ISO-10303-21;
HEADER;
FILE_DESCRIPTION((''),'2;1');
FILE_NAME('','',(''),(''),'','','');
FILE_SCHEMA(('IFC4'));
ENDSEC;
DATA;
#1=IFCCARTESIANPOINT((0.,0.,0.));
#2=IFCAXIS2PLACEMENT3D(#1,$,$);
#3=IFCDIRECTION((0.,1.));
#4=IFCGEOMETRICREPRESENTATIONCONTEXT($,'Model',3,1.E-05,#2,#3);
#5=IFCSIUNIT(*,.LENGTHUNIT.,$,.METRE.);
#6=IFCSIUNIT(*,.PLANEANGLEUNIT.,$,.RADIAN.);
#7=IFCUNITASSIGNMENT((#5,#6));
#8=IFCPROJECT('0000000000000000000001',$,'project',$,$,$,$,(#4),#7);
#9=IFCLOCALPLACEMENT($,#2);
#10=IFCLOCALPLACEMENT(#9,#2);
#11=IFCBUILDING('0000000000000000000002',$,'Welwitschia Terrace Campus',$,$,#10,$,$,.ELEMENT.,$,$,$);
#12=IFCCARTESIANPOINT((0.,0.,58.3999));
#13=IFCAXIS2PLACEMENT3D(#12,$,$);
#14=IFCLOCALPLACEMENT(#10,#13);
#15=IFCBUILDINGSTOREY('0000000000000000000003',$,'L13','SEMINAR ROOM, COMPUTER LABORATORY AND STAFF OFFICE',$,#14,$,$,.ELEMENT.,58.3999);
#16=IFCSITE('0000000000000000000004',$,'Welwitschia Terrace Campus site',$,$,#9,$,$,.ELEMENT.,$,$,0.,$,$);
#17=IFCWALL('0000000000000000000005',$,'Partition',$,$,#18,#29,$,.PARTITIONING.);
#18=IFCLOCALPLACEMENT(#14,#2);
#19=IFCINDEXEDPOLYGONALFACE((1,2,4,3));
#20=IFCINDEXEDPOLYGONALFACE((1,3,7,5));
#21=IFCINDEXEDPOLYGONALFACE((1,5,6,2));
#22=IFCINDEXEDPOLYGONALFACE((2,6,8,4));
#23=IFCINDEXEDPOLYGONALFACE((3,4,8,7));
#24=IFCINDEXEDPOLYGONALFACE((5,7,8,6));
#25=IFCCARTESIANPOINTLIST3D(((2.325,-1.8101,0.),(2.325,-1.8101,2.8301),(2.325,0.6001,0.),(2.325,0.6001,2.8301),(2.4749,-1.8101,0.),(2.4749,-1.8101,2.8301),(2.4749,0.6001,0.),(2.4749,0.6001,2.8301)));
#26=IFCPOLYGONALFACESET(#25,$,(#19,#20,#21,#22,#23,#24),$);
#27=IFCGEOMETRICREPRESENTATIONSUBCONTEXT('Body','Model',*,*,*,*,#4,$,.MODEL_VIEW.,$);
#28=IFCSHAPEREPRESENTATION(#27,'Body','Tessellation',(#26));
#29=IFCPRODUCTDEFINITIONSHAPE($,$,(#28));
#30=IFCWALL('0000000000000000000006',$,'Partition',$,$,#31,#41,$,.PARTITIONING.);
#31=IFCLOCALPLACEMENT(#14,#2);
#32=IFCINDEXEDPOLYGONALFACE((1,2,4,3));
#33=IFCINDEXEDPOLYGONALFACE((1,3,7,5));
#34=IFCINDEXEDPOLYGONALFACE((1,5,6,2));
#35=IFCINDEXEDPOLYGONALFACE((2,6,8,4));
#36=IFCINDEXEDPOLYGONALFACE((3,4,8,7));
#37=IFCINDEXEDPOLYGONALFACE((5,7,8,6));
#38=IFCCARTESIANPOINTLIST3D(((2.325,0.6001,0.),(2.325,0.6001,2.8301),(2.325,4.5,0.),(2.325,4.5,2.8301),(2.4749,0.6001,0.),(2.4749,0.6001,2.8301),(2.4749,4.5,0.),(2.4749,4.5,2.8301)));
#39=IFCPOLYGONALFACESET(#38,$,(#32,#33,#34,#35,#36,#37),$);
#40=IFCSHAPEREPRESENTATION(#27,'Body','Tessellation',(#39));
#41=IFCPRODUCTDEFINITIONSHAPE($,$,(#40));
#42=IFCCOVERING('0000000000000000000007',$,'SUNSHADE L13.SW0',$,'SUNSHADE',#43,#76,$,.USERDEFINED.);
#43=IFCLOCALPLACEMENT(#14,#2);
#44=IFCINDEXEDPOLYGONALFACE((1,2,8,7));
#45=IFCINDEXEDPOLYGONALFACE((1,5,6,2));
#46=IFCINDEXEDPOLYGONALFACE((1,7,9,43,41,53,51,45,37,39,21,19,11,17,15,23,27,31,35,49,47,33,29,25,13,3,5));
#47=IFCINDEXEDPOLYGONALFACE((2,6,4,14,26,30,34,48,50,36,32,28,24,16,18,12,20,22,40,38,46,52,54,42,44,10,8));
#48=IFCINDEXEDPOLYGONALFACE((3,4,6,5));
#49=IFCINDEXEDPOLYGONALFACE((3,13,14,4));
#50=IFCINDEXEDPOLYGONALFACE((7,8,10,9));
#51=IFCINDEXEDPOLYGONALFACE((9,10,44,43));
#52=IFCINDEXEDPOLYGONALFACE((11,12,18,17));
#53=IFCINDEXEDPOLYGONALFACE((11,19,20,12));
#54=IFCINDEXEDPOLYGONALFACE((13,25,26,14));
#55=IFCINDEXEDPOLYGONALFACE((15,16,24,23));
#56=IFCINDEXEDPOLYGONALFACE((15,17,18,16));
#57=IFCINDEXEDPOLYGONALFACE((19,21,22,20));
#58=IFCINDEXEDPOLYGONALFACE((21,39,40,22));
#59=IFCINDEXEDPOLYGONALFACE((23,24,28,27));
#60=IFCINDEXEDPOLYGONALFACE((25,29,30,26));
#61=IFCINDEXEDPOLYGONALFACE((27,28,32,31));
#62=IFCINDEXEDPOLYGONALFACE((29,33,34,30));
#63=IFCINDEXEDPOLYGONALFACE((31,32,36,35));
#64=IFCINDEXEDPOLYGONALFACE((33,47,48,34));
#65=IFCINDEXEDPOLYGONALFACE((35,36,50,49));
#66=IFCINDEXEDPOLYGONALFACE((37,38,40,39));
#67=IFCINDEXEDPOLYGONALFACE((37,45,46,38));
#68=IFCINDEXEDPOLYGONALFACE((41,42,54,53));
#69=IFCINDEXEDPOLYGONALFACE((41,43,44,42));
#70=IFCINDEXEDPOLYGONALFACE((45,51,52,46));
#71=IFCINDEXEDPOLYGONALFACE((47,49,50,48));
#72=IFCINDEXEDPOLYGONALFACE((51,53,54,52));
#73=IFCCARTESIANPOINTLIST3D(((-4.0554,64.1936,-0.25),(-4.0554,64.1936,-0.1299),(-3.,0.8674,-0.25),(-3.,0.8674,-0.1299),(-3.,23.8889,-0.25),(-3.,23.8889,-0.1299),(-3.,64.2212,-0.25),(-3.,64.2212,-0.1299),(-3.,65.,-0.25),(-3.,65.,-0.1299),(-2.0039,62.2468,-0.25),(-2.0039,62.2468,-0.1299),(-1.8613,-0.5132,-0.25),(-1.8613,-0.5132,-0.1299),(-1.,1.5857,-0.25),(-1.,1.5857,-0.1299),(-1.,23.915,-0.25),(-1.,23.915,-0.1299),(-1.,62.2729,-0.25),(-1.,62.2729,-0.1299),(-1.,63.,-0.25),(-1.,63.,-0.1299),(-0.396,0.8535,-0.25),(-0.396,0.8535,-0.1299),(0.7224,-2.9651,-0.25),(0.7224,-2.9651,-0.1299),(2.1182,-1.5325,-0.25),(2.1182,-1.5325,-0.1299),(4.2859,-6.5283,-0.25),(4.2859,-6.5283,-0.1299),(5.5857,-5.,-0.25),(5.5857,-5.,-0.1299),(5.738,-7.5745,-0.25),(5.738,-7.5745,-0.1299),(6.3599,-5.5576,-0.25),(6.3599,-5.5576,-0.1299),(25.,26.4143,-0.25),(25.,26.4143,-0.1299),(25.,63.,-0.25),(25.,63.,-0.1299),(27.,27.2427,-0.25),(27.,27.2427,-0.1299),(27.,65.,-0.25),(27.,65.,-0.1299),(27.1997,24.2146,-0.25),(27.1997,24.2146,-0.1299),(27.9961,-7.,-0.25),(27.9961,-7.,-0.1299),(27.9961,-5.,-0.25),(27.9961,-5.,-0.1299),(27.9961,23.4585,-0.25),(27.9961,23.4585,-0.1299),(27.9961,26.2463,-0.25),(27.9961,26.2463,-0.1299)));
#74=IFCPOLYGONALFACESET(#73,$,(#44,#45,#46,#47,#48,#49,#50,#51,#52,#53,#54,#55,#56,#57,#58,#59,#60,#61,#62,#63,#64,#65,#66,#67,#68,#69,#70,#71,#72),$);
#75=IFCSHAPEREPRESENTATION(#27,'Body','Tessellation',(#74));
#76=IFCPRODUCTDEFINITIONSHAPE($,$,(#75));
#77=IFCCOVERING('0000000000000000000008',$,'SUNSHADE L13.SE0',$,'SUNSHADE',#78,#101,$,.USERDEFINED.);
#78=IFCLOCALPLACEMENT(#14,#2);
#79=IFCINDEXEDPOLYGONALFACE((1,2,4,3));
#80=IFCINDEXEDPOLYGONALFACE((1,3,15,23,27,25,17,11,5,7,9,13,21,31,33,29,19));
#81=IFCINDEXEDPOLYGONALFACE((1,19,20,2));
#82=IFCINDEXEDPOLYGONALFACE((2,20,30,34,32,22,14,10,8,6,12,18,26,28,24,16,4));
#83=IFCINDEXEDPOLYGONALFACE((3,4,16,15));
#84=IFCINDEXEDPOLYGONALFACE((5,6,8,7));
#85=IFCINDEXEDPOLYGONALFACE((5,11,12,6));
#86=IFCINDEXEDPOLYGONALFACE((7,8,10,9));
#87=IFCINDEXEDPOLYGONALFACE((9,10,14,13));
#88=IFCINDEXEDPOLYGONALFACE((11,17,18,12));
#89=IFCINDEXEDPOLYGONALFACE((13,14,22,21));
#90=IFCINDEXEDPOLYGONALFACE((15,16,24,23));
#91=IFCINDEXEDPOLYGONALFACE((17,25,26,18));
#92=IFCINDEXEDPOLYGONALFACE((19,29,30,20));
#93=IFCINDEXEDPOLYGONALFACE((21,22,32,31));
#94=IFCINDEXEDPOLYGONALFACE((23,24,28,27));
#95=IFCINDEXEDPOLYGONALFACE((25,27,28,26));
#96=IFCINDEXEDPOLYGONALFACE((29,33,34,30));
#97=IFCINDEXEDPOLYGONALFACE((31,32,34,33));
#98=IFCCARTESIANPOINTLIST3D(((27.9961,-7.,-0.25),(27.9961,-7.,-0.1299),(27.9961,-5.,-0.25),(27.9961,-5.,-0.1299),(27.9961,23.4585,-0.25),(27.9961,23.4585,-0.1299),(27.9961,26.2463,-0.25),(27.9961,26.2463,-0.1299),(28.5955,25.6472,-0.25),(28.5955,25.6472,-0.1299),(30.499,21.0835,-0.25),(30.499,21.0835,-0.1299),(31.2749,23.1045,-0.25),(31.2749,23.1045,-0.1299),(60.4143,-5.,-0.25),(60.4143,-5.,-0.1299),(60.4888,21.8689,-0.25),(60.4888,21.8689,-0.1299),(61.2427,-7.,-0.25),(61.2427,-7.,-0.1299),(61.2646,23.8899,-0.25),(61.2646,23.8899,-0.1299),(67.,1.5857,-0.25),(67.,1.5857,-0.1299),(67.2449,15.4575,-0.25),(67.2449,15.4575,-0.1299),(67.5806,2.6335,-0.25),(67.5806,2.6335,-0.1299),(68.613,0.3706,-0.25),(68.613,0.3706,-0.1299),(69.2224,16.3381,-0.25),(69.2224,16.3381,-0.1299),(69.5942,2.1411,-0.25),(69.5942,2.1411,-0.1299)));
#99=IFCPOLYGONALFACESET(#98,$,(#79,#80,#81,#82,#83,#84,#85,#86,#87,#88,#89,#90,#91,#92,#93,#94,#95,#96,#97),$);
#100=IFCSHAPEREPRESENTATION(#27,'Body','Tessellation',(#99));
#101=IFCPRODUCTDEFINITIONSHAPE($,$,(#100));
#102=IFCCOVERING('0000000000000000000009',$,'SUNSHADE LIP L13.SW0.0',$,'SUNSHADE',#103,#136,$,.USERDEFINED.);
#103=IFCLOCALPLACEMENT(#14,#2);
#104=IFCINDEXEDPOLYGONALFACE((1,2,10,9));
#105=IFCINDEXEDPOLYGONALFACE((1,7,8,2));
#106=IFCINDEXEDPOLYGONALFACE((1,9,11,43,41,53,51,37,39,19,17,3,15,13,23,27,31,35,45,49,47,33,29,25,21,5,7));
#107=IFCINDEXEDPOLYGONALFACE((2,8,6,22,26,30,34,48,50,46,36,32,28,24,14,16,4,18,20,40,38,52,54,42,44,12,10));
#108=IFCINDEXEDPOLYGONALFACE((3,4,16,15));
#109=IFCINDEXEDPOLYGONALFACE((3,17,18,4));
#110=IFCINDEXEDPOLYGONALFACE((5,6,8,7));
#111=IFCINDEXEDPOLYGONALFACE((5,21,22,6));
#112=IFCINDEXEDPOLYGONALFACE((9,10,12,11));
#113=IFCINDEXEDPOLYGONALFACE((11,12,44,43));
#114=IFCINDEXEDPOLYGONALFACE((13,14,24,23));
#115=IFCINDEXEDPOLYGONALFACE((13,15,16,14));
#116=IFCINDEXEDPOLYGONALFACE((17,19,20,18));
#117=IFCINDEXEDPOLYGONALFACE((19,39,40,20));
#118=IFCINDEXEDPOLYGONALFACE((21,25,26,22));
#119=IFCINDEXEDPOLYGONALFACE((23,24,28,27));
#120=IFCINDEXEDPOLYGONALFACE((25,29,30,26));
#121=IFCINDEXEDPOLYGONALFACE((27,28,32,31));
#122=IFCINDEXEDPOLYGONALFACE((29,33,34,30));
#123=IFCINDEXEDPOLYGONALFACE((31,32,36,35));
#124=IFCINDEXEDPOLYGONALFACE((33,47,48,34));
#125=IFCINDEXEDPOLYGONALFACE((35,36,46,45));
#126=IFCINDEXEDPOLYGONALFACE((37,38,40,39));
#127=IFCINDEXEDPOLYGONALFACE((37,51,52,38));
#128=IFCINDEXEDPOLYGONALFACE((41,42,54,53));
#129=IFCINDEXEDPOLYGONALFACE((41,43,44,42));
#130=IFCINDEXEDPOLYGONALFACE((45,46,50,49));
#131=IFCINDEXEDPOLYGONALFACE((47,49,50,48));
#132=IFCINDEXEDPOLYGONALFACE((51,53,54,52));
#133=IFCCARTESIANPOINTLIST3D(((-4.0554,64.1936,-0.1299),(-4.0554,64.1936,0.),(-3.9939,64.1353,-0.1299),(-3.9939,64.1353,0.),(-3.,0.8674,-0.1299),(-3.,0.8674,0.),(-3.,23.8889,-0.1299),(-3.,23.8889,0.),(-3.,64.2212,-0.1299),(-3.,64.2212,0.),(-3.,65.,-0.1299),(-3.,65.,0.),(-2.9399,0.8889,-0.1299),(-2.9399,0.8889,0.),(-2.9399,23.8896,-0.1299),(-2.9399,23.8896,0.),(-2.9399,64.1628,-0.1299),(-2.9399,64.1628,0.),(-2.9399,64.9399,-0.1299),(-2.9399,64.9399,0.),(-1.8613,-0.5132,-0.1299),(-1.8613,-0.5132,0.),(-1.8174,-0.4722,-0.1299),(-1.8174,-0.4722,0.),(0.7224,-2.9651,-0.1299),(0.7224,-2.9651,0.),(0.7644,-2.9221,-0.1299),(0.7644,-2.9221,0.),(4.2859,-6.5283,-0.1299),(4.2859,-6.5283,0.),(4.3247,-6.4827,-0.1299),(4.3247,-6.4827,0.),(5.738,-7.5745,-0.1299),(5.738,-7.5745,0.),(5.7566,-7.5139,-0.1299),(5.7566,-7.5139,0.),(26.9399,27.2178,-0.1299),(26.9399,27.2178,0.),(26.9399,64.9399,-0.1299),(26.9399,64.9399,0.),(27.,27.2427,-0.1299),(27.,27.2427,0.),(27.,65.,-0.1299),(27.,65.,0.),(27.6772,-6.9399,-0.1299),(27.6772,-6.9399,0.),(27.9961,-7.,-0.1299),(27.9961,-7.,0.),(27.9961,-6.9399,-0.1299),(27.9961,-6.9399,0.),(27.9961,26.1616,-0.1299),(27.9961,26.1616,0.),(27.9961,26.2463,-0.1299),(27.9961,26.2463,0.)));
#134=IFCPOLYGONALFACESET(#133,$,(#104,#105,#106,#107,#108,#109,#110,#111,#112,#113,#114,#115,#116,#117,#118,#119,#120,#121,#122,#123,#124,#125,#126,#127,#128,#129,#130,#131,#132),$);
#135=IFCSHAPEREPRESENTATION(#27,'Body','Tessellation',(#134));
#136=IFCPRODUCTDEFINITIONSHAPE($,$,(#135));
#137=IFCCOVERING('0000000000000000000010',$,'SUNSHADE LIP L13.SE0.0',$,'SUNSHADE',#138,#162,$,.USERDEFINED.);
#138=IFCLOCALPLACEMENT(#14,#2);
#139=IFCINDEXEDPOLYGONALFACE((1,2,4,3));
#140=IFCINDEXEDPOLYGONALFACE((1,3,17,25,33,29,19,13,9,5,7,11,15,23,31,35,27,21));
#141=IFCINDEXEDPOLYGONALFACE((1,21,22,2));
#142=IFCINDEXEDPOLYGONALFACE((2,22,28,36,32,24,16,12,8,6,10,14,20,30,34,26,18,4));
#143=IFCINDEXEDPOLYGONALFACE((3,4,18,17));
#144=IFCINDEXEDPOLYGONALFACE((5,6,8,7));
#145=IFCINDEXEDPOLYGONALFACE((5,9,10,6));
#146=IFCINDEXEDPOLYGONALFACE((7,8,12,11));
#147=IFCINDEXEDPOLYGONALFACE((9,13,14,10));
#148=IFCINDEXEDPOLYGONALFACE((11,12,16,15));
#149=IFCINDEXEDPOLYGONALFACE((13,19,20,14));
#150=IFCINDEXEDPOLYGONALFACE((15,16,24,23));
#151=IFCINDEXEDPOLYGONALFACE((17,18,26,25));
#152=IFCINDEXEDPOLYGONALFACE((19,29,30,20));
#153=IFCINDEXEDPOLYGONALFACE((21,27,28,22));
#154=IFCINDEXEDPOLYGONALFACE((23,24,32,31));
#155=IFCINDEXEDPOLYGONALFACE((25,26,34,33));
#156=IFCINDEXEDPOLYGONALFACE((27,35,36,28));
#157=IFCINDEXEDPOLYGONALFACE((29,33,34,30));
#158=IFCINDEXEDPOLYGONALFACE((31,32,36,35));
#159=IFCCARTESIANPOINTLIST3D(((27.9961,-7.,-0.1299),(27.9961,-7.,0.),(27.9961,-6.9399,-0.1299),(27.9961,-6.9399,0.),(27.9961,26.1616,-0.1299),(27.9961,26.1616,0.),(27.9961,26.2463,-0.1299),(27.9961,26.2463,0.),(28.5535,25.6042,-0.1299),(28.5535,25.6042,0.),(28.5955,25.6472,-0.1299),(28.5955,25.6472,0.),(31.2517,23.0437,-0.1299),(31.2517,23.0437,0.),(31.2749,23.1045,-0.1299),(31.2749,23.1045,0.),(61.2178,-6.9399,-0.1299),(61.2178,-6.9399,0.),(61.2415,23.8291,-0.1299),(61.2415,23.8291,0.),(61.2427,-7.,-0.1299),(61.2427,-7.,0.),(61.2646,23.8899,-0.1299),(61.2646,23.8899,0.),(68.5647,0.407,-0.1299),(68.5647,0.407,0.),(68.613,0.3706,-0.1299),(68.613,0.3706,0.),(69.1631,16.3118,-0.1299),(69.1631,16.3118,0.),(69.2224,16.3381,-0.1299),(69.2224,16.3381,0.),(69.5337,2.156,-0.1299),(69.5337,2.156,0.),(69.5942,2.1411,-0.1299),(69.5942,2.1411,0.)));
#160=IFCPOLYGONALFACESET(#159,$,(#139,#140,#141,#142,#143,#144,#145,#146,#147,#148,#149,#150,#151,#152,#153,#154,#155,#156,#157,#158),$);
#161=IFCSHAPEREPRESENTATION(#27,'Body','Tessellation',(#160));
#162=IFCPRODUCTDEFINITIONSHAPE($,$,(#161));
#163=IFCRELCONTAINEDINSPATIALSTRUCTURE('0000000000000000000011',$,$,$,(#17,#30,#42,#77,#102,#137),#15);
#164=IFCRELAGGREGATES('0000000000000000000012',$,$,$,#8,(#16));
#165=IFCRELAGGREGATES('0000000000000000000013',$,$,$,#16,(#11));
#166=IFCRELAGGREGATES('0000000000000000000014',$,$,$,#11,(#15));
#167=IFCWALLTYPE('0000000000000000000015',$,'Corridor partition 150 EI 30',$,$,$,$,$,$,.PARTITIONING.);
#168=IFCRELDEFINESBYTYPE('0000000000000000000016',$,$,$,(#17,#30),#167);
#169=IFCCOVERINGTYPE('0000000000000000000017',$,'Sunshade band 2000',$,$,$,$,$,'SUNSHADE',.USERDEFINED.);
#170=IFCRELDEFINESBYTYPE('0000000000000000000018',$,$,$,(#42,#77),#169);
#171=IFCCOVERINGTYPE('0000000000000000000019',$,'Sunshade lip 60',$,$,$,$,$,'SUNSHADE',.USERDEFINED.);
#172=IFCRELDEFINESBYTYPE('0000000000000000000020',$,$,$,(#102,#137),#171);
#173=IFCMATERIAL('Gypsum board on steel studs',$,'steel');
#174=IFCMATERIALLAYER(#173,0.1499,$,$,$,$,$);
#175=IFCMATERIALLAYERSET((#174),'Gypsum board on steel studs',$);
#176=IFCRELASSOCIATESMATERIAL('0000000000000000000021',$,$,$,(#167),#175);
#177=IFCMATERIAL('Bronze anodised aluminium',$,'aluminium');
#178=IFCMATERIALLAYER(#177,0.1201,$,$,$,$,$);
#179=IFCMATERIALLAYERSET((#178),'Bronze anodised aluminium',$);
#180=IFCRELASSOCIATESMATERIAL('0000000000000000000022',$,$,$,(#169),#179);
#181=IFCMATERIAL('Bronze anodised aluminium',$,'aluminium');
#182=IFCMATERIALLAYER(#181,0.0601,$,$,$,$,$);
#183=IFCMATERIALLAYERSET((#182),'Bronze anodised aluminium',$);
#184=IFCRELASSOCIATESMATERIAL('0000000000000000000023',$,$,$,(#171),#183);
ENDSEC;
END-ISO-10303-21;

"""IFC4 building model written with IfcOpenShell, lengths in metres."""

from ifc_helpers import new_model, si_unit, direction, frame, frame_2d, origin, place, context, subcontext, project, spatial, polyline, rectangle, outline, extrude, material, layer, layer_set, type_object, element, save


model = new_model("IFC4")

# Units and contexts
model_context = context("Model", 3, precision=1e-05, world=origin(), true_north=direction((0.0, 1.0)))
body_context = subcontext(model_context, "Body", "Model", "MODEL_VIEW")
ifc_project = project(units=[si_unit("LENGTHUNIT", "METRE"), si_unit("PLANEANGLEUNIT", "RADIAN")], contexts=[model_context])

# Site, building, storey
site_placement = place(None, origin())
site = spatial("IfcSite", under=ifc_project, at=site_placement, Name="Welwitschia Terrace Campus site", CompositionType="ELEMENT", RefElevation=0.0)
building_placement = place(site_placement, origin())
building = spatial("IfcBuilding", under=site, at=building_placement, Name="Welwitschia Terrace Campus", CompositionType="ELEMENT")
storey_placement = place(building_placement, frame((0.0, 0.0, 58.3999)))
storey = spatial("IfcBuildingStorey", under=building, at=storey_placement, Name="L13", Description="SEMINAR ROOM, COMPUTER LABORATORY AND STAFF OFFICE", CompositionType="ELEMENT", Elevation=58.3999)

# Walls
ifc_material_1 = material(Name="Gypsum board on steel studs", Category="steel")
ifc_layer_1 = layer(ifc_material_1, 0.1499)
ifc_layer_set_1 = layer_set([ifc_layer_1], Name="Gypsum board on steel studs")
wall_type = type_object("IfcWallType", Name="Corridor partition 150 EI 30", PredefinedType="PARTITIONING", material=ifc_layer_set_1)
wall_1_placement = place(storey_placement, frame((2.3999, -1.8101, 0.0), z_axis=(0.0, 0.0, 1.0), x_axis=(0.0, 1.0, 0.0)))
element("IfcWall", 1, at=wall_1_placement, inside=storey, type_object=wall_type, Name="Partition", PredefinedType="PARTITIONING", context=body_context, shape_type="SweptSolid", body=[
    extrude(rectangle(XDim=2.4102, YDim=0.1499, at=frame_2d((1.2051, 0.0))), origin(), (0.0, 0.0, 1.0), 2.8301),
])
wall_2_placement = place(storey_placement, frame((2.3999, 0.6001, 0.0), z_axis=(0.0, 0.0, 1.0), x_axis=(0.0, 1.0, 0.0)))
element("IfcWall", 2, at=wall_2_placement, inside=storey, type_object=wall_type, Name="Partition", PredefinedType="PARTITIONING", context=body_context, shape_type="SweptSolid", body=[
    extrude(rectangle(XDim=3.8999, YDim=0.1499, at=frame_2d((1.95, 0.0))), origin(), (0.0, 0.0, 1.0), 2.8301),
])

# Coverings
ifc_material_2 = material(Name="Bronze anodised aluminium", Category="aluminium")
ifc_layer_2 = layer(ifc_material_2, 0.1201)
ifc_layer_set_2 = layer_set([ifc_layer_2], Name="Bronze anodised aluminium")
covering_type_1 = type_object("IfcCoveringType", Name="Sunshade band 2000", ElementType="SUNSHADE", PredefinedType="USERDEFINED", material=ifc_layer_set_2)
covering_1_placement = place(storey_placement, frame((0.0, 0.0, -0.25)))
element("IfcCovering", 3, at=covering_1_placement, inside=storey, type_object=covering_type_1, Name="SUNSHADE L13.SW0", ObjectType="SUNSHADE", PredefinedType="USERDEFINED", context=body_context, shape_type="SweptSolid", body=[
    extrude(outline(polyline([(-4.0554, 64.1936), (-3.0, 64.2212), (-3.0, 65.0), (27.0, 65.0), (27.0, 27.2427), (27.9961, 26.2463), (27.9961, 23.4585), (27.1997, 24.2146), (25.0, 26.4143), (25.0, 63.0), (-1.0, 63.0), (-1.0, 62.2729), (-2.0039, 62.2468), (-1.0, 23.915), (-1.0, 1.5857), (-0.396, 0.8535), (2.1182, -1.5325), (5.5857, -5.0), (6.3599, -5.5576), (27.9961, -5.0), (27.9961, -7.0), (5.738, -7.5745), (4.2859, -6.5283), (0.7224, -2.9651), (-1.8613, -0.5132), (-3.0, 0.8674), (-3.0, 23.8889), (-4.0554, 64.1936)])), origin(), (0.0, 0.0, 1.0), 0.1201),
])
covering_2_placement = place(storey_placement, frame((0.0, 0.0, -0.25)))
element("IfcCovering", 4, at=covering_2_placement, inside=storey, type_object=covering_type_1, Name="SUNSHADE L13.SE0", ObjectType="SUNSHADE", PredefinedType="USERDEFINED", context=body_context, shape_type="SweptSolid", body=[
    extrude(outline(polyline([(28.5955, 25.6472), (31.2749, 23.1045), (61.2646, 23.8899), (69.2224, 16.3381), (69.5942, 2.1411), (68.613, 0.3706), (61.2427, -7.0), (27.9961, -7.0), (27.9961, -5.0), (60.4143, -5.0), (67.0, 1.5857), (67.5806, 2.6335), (67.2449, 15.4575), (60.4888, 21.8689), (30.499, 21.0835), (27.9961, 23.4585), (27.9961, 26.2463), (28.5955, 25.6472)])), origin(), (0.0, 0.0, 1.0), 0.1201),
])
ifc_material_3 = material(Name="Bronze anodised aluminium", Category="aluminium")
ifc_layer_3 = layer(ifc_material_3, 0.0601)
ifc_layer_set_3 = layer_set([ifc_layer_3], Name="Bronze anodised aluminium")
covering_type_2 = type_object("IfcCoveringType", Name="Sunshade lip 60", ElementType="SUNSHADE", PredefinedType="USERDEFINED", material=ifc_layer_set_3)
covering_3_placement = place(storey_placement, frame((0.0, 0.0, -0.1299)))
element("IfcCovering", 5, at=covering_3_placement, inside=storey, type_object=covering_type_2, Name="SUNSHADE LIP L13.SW0.0", ObjectType="SUNSHADE", PredefinedType="USERDEFINED", context=body_context, shape_type="SweptSolid", body=[
    extrude(outline(polyline([(-3.0, 64.2212), (-3.0, 65.0), (27.0, 65.0), (27.0, 27.2427), (27.9961, 26.2463), (27.9961, 26.1616), (26.9399, 27.2178), (26.9399, 64.9399), (-2.9399, 64.9399), (-2.9399, 64.1628), (-3.9939, 64.1353), (-2.9399, 23.8896), (-2.9399, 0.8889), (-1.8174, -0.4722), (0.7644, -2.9221), (4.3247, -6.4827), (5.7566, -7.5139), (27.6772, -6.9399), (27.9961, -6.9399), (27.9961, -7.0), (5.738, -7.5745), (4.2859, -6.5283), (0.7224, -2.9651), (-1.8613, -0.5132), (-3.0, 0.8674), (-3.0, 23.8889), (-4.0554, 64.1936), (-3.0, 64.2212)])), origin(), (0.0, 0.0, 1.0), 0.1299),
])
covering_4_placement = place(storey_placement, frame((0.0, 0.0, -0.1299)))
element("IfcCovering", 6, at=covering_4_placement, inside=storey, type_object=covering_type_2, Name="SUNSHADE LIP L13.SE0.0", ObjectType="SUNSHADE", PredefinedType="USERDEFINED", context=body_context, shape_type="SweptSolid", body=[
    extrude(outline(polyline([(31.2749, 23.1045), (61.2646, 23.8899), (69.2224, 16.3381), (69.5942, 2.1411), (68.613, 0.3706), (61.2427, -7.0), (27.9961, -7.0), (27.9961, -6.9399), (61.2178, -6.9399), (68.5647, 0.407), (69.5337, 2.156), (69.1631, 16.3118), (61.2415, 23.8291), (31.2517, 23.0437), (28.5535, 25.6042), (27.9961, 26.1616), (27.9961, 26.2463), (28.5955, 25.6472), (31.2749, 23.1045)])), origin(), (0.0, 0.0, 1.0), 0.1299),
])

save(model, "model.ifc")
